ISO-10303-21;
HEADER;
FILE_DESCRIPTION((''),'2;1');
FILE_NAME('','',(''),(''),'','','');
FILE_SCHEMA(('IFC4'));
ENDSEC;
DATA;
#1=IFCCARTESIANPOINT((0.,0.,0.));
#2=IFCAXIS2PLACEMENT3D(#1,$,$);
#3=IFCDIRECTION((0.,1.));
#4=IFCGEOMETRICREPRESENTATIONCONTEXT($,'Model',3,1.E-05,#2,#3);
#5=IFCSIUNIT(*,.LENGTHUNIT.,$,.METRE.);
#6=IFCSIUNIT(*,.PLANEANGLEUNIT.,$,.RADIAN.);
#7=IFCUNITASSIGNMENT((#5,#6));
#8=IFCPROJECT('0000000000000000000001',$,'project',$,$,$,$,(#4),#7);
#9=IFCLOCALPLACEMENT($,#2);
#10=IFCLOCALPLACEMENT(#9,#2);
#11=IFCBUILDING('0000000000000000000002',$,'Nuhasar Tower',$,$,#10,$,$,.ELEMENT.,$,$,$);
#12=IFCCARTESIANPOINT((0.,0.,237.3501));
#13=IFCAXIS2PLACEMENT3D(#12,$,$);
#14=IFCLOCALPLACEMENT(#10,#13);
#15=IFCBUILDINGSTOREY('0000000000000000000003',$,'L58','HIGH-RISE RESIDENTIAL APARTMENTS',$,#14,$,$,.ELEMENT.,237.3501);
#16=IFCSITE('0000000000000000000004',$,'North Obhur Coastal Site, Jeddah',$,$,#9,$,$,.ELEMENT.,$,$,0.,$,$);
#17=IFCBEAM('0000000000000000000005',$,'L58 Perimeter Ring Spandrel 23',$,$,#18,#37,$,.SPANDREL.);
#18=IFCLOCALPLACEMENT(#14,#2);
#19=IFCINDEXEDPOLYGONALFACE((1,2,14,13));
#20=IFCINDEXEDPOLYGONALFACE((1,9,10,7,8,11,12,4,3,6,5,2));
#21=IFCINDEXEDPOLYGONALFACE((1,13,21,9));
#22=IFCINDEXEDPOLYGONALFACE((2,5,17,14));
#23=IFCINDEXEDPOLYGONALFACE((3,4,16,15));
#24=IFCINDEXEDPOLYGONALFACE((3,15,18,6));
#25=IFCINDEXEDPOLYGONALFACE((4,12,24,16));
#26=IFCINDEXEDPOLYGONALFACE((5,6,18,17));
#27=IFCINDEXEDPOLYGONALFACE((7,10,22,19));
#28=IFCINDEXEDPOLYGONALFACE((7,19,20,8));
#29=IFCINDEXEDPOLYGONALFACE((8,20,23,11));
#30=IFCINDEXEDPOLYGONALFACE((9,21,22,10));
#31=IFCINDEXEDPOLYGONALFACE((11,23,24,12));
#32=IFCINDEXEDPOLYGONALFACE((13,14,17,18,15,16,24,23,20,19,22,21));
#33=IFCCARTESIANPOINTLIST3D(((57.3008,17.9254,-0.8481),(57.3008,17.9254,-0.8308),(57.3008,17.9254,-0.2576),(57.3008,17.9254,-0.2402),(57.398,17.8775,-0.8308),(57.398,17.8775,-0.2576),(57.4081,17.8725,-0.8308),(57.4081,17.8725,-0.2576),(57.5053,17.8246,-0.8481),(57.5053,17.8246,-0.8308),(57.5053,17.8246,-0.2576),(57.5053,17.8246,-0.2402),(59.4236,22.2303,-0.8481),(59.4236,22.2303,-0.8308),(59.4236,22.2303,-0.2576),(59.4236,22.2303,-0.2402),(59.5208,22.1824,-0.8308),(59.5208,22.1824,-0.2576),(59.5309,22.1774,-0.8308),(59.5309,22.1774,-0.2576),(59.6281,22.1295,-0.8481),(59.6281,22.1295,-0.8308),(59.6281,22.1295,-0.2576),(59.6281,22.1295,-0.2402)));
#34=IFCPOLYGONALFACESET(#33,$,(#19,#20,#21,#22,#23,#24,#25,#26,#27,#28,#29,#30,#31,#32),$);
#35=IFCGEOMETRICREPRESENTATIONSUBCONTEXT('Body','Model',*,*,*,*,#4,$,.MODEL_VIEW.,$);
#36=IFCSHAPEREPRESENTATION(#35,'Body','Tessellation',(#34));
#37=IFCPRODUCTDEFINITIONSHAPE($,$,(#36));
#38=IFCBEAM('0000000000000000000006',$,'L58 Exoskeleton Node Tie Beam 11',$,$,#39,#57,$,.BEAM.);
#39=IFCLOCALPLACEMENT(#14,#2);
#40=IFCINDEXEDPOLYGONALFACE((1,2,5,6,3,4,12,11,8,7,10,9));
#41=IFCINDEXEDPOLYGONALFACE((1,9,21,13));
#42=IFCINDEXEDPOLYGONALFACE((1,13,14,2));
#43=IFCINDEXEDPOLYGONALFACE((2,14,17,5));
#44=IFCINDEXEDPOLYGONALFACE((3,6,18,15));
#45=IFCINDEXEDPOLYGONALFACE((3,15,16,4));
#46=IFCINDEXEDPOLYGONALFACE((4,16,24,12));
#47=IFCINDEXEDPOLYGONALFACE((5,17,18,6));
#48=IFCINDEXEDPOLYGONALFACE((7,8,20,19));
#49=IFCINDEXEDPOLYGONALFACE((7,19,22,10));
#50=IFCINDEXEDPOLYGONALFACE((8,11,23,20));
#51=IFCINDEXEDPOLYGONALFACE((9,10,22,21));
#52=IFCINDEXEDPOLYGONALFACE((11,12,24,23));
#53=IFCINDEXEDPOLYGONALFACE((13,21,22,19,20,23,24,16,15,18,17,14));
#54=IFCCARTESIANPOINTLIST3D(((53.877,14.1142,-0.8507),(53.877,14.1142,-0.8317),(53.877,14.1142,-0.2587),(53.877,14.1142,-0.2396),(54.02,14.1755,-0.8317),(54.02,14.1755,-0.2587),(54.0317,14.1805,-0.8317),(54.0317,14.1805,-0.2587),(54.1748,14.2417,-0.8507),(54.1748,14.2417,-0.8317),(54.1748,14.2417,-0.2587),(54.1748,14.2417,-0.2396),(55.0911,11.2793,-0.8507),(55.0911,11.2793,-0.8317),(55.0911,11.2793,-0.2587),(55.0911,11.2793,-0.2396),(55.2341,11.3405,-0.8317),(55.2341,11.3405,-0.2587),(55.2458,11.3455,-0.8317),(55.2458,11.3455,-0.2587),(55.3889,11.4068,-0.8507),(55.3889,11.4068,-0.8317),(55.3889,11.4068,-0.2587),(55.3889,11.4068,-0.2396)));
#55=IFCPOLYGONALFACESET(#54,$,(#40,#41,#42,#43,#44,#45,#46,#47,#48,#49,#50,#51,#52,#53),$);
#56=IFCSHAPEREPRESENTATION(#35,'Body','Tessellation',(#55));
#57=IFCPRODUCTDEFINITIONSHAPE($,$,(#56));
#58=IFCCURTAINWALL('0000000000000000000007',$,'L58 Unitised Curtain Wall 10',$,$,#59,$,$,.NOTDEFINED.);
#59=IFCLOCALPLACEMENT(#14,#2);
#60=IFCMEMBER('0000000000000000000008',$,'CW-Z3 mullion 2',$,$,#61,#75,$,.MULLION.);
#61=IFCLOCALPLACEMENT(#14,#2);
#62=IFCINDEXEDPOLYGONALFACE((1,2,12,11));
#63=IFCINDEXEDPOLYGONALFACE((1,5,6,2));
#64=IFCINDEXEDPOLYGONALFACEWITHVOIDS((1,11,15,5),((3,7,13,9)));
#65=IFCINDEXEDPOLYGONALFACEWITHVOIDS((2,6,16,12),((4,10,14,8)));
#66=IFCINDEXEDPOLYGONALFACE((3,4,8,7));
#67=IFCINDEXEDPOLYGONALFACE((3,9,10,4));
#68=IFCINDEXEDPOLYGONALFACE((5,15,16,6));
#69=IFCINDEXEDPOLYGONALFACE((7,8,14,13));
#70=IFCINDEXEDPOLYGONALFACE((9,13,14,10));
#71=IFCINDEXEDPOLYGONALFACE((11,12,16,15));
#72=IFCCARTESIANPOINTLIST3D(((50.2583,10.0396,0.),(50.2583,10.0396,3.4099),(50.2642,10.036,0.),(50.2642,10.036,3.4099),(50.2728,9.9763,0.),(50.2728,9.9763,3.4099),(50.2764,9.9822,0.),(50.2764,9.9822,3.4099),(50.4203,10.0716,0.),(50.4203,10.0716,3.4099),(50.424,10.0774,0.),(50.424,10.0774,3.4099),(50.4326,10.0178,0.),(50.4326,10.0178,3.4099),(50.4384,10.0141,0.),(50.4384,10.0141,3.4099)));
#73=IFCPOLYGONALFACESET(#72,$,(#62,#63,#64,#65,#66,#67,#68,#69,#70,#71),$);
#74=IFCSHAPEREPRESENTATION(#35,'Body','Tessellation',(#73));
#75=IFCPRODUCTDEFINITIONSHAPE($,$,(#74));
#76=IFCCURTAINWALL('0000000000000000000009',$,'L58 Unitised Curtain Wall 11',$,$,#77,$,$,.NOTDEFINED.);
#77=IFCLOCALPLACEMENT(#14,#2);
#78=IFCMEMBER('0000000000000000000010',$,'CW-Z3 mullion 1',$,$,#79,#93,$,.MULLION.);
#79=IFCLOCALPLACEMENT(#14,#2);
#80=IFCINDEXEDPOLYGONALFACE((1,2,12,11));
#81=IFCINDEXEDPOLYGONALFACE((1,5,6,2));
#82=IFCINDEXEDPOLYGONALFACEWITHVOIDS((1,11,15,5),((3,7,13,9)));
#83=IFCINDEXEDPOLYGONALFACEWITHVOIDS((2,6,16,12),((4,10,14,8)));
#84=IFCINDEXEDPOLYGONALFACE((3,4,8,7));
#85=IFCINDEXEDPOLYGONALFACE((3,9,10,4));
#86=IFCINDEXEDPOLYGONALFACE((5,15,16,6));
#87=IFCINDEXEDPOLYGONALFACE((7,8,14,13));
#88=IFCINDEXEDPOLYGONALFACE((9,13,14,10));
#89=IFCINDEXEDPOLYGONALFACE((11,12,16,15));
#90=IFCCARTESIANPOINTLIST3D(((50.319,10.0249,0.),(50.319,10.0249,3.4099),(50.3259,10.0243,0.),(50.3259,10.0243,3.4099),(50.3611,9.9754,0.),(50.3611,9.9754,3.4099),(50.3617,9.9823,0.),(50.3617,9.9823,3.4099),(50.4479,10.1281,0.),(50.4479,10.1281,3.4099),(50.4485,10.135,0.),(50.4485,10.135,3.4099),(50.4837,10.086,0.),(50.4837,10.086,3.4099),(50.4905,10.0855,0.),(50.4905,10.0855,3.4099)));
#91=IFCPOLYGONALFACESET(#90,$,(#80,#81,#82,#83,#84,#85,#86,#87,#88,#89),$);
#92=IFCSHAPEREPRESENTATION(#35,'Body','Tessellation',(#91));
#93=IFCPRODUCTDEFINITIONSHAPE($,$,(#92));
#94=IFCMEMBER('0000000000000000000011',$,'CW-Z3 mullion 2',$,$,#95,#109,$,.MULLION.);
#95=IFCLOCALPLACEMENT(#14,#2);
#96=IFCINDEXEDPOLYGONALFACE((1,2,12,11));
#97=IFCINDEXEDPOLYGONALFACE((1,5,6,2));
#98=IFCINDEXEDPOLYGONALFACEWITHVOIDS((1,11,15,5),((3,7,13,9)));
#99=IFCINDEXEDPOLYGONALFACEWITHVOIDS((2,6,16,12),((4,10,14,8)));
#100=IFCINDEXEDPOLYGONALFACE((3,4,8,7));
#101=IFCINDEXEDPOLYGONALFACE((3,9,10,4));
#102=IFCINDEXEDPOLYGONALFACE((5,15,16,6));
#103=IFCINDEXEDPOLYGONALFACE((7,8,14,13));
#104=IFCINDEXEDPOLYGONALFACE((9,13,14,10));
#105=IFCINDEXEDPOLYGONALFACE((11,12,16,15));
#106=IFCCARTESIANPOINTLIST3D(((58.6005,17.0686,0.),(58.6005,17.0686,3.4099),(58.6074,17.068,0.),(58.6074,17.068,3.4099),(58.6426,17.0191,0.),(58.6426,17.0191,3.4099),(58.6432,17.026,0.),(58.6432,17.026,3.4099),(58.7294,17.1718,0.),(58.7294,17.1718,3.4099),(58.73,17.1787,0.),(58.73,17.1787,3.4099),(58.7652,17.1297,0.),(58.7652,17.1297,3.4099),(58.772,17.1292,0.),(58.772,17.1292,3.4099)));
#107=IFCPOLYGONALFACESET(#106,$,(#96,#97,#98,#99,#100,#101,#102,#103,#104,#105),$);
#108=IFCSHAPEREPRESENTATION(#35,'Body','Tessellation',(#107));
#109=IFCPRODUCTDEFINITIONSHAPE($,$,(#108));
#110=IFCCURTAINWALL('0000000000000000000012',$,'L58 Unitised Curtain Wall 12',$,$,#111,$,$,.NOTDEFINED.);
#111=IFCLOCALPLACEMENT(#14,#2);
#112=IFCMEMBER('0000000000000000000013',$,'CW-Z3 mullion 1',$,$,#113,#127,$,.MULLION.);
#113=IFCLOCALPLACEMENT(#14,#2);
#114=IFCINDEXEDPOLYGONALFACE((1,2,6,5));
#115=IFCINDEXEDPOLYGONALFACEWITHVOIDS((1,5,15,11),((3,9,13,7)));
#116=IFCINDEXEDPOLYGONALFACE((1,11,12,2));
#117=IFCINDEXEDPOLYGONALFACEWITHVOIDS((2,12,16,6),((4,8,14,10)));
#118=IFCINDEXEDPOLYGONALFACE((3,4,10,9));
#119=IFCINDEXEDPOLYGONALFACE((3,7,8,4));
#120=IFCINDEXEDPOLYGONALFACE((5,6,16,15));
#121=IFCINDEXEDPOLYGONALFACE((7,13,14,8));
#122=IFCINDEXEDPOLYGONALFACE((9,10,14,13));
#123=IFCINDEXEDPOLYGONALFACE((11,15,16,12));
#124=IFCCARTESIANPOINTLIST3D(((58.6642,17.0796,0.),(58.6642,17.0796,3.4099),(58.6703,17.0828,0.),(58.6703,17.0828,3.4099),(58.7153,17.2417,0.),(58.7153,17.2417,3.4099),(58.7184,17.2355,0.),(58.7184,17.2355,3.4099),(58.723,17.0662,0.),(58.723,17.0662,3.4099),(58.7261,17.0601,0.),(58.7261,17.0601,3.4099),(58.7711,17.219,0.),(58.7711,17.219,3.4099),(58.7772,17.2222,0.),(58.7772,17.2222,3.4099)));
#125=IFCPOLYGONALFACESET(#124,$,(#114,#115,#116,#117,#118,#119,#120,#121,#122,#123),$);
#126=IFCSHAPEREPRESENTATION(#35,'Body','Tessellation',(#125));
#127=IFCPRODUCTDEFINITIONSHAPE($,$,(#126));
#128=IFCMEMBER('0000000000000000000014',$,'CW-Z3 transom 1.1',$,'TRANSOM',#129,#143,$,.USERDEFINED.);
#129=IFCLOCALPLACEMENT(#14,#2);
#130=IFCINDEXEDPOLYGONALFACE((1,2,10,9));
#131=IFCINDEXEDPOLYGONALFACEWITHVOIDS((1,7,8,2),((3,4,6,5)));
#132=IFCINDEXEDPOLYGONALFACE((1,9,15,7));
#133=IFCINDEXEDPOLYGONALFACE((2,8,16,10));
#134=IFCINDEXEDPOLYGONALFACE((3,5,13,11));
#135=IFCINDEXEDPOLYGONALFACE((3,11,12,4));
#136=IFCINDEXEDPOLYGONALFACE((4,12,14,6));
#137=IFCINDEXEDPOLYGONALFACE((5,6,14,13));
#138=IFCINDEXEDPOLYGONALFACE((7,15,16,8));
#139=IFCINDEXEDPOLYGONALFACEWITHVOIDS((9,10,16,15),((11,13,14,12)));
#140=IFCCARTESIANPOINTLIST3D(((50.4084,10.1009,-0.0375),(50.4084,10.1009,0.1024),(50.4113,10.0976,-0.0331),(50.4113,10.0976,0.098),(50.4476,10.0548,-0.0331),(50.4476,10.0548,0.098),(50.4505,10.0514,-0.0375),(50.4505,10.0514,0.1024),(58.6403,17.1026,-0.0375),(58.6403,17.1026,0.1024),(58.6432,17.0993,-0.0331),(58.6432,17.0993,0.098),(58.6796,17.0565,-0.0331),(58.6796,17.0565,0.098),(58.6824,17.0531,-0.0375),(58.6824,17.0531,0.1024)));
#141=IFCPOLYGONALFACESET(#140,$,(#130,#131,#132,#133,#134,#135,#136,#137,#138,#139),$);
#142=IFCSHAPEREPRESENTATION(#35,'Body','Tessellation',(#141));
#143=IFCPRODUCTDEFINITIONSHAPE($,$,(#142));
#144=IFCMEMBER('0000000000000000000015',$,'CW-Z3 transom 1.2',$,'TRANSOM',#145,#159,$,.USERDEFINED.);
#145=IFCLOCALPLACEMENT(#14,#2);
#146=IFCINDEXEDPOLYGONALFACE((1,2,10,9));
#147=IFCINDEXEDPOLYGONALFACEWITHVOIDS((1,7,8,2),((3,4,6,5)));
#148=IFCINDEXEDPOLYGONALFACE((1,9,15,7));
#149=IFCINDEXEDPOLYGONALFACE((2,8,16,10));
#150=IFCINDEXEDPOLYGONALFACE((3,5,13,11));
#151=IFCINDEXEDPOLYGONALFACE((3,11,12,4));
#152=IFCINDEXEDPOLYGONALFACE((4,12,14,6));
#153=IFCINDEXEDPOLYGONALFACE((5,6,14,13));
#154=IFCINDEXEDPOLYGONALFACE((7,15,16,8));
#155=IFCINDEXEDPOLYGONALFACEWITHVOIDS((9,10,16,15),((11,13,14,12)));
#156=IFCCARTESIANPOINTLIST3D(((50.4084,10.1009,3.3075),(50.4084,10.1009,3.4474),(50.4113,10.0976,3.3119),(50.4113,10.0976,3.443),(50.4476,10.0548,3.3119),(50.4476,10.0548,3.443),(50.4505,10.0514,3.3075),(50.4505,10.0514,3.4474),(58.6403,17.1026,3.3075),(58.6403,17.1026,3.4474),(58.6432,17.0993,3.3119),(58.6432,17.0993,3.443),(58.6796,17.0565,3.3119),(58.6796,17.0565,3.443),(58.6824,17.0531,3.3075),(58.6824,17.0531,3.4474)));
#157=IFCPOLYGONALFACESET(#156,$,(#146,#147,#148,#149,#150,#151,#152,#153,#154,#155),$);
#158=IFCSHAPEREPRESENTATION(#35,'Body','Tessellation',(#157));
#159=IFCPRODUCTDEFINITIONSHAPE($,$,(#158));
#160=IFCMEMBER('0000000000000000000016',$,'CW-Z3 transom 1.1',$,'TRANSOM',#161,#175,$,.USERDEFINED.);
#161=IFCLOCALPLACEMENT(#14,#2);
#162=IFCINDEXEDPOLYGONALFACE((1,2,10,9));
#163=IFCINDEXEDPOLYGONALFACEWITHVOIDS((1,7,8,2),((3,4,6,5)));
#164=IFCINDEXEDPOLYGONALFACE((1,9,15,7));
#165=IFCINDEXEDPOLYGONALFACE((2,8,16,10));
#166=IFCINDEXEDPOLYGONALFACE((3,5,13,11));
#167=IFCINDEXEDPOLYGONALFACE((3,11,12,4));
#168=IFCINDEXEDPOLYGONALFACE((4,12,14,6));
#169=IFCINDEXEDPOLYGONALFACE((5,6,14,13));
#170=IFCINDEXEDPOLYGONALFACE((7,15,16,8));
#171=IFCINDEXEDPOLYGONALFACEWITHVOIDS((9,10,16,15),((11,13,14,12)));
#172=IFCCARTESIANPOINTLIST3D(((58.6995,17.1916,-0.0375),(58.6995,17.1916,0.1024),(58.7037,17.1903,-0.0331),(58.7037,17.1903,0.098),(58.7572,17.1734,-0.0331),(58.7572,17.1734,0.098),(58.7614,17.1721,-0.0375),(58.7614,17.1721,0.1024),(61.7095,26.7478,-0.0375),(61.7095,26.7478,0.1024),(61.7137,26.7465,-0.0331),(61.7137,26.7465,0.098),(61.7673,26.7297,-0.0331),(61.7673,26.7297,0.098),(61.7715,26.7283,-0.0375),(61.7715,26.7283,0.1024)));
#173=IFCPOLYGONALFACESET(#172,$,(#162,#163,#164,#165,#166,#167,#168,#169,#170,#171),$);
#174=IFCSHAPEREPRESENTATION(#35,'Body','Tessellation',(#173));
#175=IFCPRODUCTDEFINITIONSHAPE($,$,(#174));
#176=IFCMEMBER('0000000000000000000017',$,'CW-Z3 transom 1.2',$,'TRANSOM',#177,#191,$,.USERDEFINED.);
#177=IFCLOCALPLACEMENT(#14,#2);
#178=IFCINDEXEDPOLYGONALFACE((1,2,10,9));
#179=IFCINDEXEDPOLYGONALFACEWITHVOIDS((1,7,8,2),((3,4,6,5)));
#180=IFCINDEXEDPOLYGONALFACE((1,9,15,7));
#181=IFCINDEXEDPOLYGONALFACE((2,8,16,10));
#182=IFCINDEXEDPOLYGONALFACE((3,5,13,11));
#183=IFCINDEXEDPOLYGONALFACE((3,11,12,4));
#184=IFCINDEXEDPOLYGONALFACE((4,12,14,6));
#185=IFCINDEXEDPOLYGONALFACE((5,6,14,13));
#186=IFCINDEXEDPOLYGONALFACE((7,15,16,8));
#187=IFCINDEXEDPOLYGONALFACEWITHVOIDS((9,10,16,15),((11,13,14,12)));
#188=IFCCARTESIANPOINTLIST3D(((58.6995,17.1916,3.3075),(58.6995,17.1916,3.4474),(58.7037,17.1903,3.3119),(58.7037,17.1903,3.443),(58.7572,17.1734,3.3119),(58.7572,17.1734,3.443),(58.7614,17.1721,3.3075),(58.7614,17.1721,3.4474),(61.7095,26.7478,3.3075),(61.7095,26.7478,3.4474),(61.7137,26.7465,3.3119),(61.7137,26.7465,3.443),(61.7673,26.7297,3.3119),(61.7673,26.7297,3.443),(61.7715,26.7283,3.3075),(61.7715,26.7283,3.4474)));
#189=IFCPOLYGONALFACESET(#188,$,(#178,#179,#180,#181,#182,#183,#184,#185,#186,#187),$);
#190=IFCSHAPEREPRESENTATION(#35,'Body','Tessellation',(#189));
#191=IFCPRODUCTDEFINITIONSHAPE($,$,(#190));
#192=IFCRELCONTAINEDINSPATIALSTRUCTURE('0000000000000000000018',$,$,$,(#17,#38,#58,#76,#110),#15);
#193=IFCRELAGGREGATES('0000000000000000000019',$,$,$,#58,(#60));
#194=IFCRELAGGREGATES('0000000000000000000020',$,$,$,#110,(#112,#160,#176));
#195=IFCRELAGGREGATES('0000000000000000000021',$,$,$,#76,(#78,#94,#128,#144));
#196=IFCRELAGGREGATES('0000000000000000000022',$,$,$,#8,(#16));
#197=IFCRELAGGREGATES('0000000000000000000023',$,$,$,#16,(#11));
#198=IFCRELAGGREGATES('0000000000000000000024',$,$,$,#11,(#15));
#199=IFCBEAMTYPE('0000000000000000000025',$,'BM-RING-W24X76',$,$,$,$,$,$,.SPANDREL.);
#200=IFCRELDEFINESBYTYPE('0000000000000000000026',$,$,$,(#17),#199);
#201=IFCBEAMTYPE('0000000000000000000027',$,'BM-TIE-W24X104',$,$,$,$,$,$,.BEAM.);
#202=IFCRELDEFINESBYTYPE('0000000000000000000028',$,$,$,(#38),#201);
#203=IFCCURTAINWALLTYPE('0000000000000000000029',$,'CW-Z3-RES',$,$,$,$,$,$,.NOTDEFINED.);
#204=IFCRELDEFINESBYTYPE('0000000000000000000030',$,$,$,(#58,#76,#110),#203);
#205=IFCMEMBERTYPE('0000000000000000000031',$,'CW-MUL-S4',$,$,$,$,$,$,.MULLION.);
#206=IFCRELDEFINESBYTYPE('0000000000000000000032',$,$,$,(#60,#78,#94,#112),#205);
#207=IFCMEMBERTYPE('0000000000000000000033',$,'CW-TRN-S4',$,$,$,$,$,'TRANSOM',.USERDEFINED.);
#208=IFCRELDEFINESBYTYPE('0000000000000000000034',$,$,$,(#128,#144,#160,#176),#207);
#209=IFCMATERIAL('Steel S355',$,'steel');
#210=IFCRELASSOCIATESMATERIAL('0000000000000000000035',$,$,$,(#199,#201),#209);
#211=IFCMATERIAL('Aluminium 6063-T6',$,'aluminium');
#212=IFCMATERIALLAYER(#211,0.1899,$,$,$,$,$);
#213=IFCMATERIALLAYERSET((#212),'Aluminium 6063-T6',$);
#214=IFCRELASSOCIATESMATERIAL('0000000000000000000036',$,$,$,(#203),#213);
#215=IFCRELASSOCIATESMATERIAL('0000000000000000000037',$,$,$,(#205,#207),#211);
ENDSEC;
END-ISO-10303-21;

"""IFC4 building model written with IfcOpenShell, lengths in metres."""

from ifc_helpers import new_model, si_unit, direction, frame, origin, origin_2d, place, context, subcontext, project, spatial, hollow_rectangle, i_section, extrude, material, layer, layer_set, material_profile, profile_set, type_object, element, aggregate, save


model = new_model("IFC4")

# Units and contexts
model_context = context("Model", 3, precision=1e-05, world=origin(), true_north=direction((0.0, 1.0)))
body_context = subcontext(model_context, "Body", "Model", "MODEL_VIEW")
ifc_project = project(units=[si_unit("LENGTHUNIT", "METRE"), si_unit("PLANEANGLEUNIT", "RADIAN")], contexts=[model_context])

# Site, building, storey
site_placement = place(None, origin())
site = spatial("IfcSite", under=ifc_project, at=site_placement, Name="North Obhur Coastal Site, Jeddah", CompositionType="ELEMENT", RefElevation=0.0)
building_placement = place(site_placement, origin())
building = spatial("IfcBuilding", under=site, at=building_placement, Name="Nuhasar Tower", CompositionType="ELEMENT")
storey_placement = place(building_placement, frame((0.0, 0.0, 237.3501)))
storey = spatial("IfcBuildingStorey", under=building, at=storey_placement, Name="L58", Description="HIGH-RISE RESIDENTIAL APARTMENTS", CompositionType="ELEMENT", Elevation=237.3501)

# Beams
ifc_material_1 = material(Name="Steel S355", Category="steel")
ifc_material_profile_1 = material_profile(ifc_material_1, i_section(OverallWidth=0.228, OverallDepth=0.6079, WebThickness=0.0112, FlangeThickness=0.0173, at=origin_2d()), Name="W24X76")
ifc_profile_set_1 = profile_set([ifc_material_profile_1], Name="Steel S355")
beam_type_1 = type_object("IfcBeamType", Name="BM-RING-W24X76", PredefinedType="SPANDREL", material=ifc_profile_set_1)
beam_1_placement = place(storey_placement, frame((57.4031, 17.875, -0.5442), z_axis=(0.442263, 0.896886, 0.0), x_axis=(-0.896886, 0.442263, 0.0)))
element("IfcBeam", 1, at=beam_1_placement, inside=storey, type_object=beam_type_1, Name="L58 Perimeter Ring Spandrel 23", PredefinedType="SPANDREL", context=body_context, shape_type="SweptSolid", body=[
    extrude(i_section(OverallWidth=0.228, OverallDepth=0.6079, WebThickness=0.0112, FlangeThickness=0.0173, at=origin_2d()), origin(), (0.0, 0.0, 1.0), 4.7998),
])
ifc_material_profile_2 = material_profile(ifc_material_1, i_section(OverallWidth=0.324, OverallDepth=0.6111, WebThickness=0.0127, FlangeThickness=0.019, at=origin_2d()), Name="W24X104")
ifc_profile_set_2 = profile_set([ifc_material_profile_2], Name="Steel S355")
beam_type_2 = type_object("IfcBeamType", Name="BM-TIE-W24X104", PredefinedType="BEAM", material=ifc_profile_set_2)
beam_2_placement = place(storey_placement, frame((54.0259, 14.178, -0.5452), z_axis=(0.39368, -0.919247, 0.0), x_axis=(0.919247, 0.39368, 0.0)))
element("IfcBeam", 2, at=beam_2_placement, inside=storey, type_object=beam_type_2, Name="L58 Exoskeleton Node Tie Beam 11", PredefinedType="BEAM", context=body_context, shape_type="SweptSolid", body=[
    extrude(i_section(OverallWidth=0.324, OverallDepth=0.6111, WebThickness=0.0127, FlangeThickness=0.019, at=origin_2d()), origin(), (0.0, 0.0, 1.0), 3.084),
])

# Curtain wall, member
ifc_material_2 = material(Name="Aluminium 6063-T6", Category="aluminium")
ifc_layer_1 = layer(ifc_material_2, 0.1899)
ifc_layer_set_1 = layer_set([ifc_layer_1], Name="Aluminium 6063-T6")
curtain_wall_type = type_object("IfcCurtainWallType", Name="CW-Z3-RES", PredefinedType="NOTDEFINED", material=ifc_layer_set_1)
curtain_wall_1_placement = place(storey_placement, origin())
curtain_wall_1 = element("IfcCurtainWall", 3, at=curtain_wall_1_placement, inside=storey, type_object=curtain_wall_type, Name="L58 Unitised Curtain Wall 10", PredefinedType="NOTDEFINED")
ifc_material_profile_3 = material_profile(ifc_material_2, hollow_rectangle(XDim=0.0649, YDim=0.1699, WallThickness=0.0049, at=origin_2d()), Name="CWM-4")
ifc_profile_set_3 = profile_set([ifc_material_profile_3], Name="Aluminium 6063-T6")
member_type_1 = type_object("IfcMemberType", Name="CW-MUL-S4", PredefinedType="MULLION", material=ifc_profile_set_3)
member_1_placement = place(storey_placement, frame((50.3484, 10.0269, 0.0), z_axis=(0.0, 0.0, 1.0), x_axis=(-0.222243, 0.974991, 0.0)))
member_1 = element("IfcMember", 4, at=member_1_placement, type_object=member_type_1, Name="CW-Z3 mullion 2", PredefinedType="MULLION", context=body_context, shape_type="SweptSolid", body=[
    extrude(hollow_rectangle(XDim=0.0649, YDim=0.1699, WallThickness=0.0049, at=origin_2d()), origin(), (0.0, 0.0, 1.0), 3.4099),
])
aggregate(curtain_wall_1, [member_1])

# Curtain wall, members
curtain_wall_2_placement = place(storey_placement, origin())
curtain_wall_2 = element("IfcCurtainWall", 5, at=curtain_wall_2_placement, inside=storey, type_object=curtain_wall_type, Name="L58 Unitised Curtain Wall 11", PredefinedType="NOTDEFINED")
member_2_placement = place(storey_placement, frame((50.4048, 10.0552, 0.0), z_axis=(0.0, 0.0, 1.0), x_axis=(-0.647895, 0.761729, 0.0)))
member_2 = element("IfcMember", 6, at=member_2_placement, type_object=member_type_1, Name="CW-Z3 mullion 1", PredefinedType="MULLION", context=body_context, shape_type="SweptSolid", body=[
    extrude(hollow_rectangle(XDim=0.0649, YDim=0.1699, WallThickness=0.0049, at=origin_2d()), origin(), (0.0, 0.0, 1.0), 3.4099),
])
member_3_placement = place(storey_placement, frame((58.6863, 17.0989, 0.0), z_axis=(0.0, 0.0, 1.0), x_axis=(-0.647895, 0.761729, 0.0)))
member_3 = element("IfcMember", 7, at=member_3_placement, type_object=member_type_1, Name="CW-Z3 mullion 2", PredefinedType="MULLION", context=body_context, shape_type="SweptSolid", body=[
    extrude(hollow_rectangle(XDim=0.0649, YDim=0.1699, WallThickness=0.0049, at=origin_2d()), origin(), (0.0, 0.0, 1.0), 3.4099),
])

# Curtain wall, member
curtain_wall_3_placement = place(storey_placement, origin())
curtain_wall_3 = element("IfcCurtainWall", 8, at=curtain_wall_3_placement, inside=storey, type_object=curtain_wall_type, Name="L58 Unitised Curtain Wall 12", PredefinedType="NOTDEFINED")
member_4_placement = place(storey_placement, frame((58.7207, 17.1509, 0.0), z_axis=(0.0, 0.0, 1.0), x_axis=(-0.953804, 0.300429, 0.0)))
member_4 = element("IfcMember", 9, at=member_4_placement, type_object=member_type_1, Name="CW-Z3 mullion 1", PredefinedType="MULLION", context=body_context, shape_type="SweptSolid", body=[
    extrude(hollow_rectangle(XDim=0.0649, YDim=0.1699, WallThickness=0.0049, at=origin_2d()), origin(), (0.0, 0.0, 1.0), 3.4099),
])

# Members
ifc_material_profile_4 = material_profile(ifc_material_2, hollow_rectangle(XDim=0.0649, YDim=0.1399, WallThickness=0.0044, at=origin_2d()), Name="CWT-4")
ifc_profile_set_4 = profile_set([ifc_material_profile_4], Name="Aluminium 6063-T6")
member_type_2 = type_object("IfcMemberType", Name="CW-TRN-S4", ElementType="TRANSOM", PredefinedType="USERDEFINED", material=ifc_profile_set_4)
member_5_placement = place(storey_placement, frame((50.4294, 10.0762, 0.0325), z_axis=(0.761731, 0.647894, 0.0), x_axis=(-0.647894, 0.761731, 0.0)))
member_5 = element("IfcMember", 10, at=member_5_placement, type_object=member_type_2, Name="CW-Z3 transom 1.1", ObjectType="TRANSOM", PredefinedType="USERDEFINED", context=body_context, shape_type="SweptSolid", body=[
    extrude(hollow_rectangle(XDim=0.0649, YDim=0.1399, WallThickness=0.0044, at=origin_2d()), origin(), (0.0, 0.0, 1.0), 10.8069),
])
member_6_placement = place(storey_placement, frame((50.4294, 10.0762, 3.3774), z_axis=(0.761731, 0.647894, 0.0), x_axis=(-0.647894, 0.761731, 0.0)))
member_6 = element("IfcMember", 11, at=member_6_placement, type_object=member_type_2, Name="CW-Z3 transom 1.2", ObjectType="TRANSOM", PredefinedType="USERDEFINED", context=body_context, shape_type="SweptSolid", body=[
    extrude(hollow_rectangle(XDim=0.0649, YDim=0.1399, WallThickness=0.0044, at=origin_2d()), origin(), (0.0, 0.0, 1.0), 10.8069),
])
member_7_placement = place(storey_placement, frame((58.7305, 17.1819, 0.0325), z_axis=(0.30043, 0.953804, 0.0), x_axis=(-0.953804, 0.30043, 0.0)))
member_7 = element("IfcMember", 12, at=member_7_placement, type_object=member_type_2, Name="CW-Z3 transom 1.1", ObjectType="TRANSOM", PredefinedType="USERDEFINED", context=body_context, shape_type="SweptSolid", body=[
    extrude(hollow_rectangle(XDim=0.0649, YDim=0.1399, WallThickness=0.0044, at=origin_2d()), origin(), (0.0, 0.0, 1.0), 10.019),
])
member_8_placement = place(storey_placement, frame((58.7305, 17.1819, 3.3774), z_axis=(0.30043, 0.953804, 0.0), x_axis=(-0.953804, 0.30043, 0.0)))
member_8 = element("IfcMember", 13, at=member_8_placement, type_object=member_type_2, Name="CW-Z3 transom 1.2", ObjectType="TRANSOM", PredefinedType="USERDEFINED", context=body_context, shape_type="SweptSolid", body=[
    extrude(hollow_rectangle(XDim=0.0649, YDim=0.1399, WallThickness=0.0044, at=origin_2d()), origin(), (0.0, 0.0, 1.0), 10.019),
])
aggregate(curtain_wall_3, [member_4, member_7, member_8])

aggregate(curtain_wall_2, [member_2, member_3, member_5, member_6])

save(model, "model.ifc")
